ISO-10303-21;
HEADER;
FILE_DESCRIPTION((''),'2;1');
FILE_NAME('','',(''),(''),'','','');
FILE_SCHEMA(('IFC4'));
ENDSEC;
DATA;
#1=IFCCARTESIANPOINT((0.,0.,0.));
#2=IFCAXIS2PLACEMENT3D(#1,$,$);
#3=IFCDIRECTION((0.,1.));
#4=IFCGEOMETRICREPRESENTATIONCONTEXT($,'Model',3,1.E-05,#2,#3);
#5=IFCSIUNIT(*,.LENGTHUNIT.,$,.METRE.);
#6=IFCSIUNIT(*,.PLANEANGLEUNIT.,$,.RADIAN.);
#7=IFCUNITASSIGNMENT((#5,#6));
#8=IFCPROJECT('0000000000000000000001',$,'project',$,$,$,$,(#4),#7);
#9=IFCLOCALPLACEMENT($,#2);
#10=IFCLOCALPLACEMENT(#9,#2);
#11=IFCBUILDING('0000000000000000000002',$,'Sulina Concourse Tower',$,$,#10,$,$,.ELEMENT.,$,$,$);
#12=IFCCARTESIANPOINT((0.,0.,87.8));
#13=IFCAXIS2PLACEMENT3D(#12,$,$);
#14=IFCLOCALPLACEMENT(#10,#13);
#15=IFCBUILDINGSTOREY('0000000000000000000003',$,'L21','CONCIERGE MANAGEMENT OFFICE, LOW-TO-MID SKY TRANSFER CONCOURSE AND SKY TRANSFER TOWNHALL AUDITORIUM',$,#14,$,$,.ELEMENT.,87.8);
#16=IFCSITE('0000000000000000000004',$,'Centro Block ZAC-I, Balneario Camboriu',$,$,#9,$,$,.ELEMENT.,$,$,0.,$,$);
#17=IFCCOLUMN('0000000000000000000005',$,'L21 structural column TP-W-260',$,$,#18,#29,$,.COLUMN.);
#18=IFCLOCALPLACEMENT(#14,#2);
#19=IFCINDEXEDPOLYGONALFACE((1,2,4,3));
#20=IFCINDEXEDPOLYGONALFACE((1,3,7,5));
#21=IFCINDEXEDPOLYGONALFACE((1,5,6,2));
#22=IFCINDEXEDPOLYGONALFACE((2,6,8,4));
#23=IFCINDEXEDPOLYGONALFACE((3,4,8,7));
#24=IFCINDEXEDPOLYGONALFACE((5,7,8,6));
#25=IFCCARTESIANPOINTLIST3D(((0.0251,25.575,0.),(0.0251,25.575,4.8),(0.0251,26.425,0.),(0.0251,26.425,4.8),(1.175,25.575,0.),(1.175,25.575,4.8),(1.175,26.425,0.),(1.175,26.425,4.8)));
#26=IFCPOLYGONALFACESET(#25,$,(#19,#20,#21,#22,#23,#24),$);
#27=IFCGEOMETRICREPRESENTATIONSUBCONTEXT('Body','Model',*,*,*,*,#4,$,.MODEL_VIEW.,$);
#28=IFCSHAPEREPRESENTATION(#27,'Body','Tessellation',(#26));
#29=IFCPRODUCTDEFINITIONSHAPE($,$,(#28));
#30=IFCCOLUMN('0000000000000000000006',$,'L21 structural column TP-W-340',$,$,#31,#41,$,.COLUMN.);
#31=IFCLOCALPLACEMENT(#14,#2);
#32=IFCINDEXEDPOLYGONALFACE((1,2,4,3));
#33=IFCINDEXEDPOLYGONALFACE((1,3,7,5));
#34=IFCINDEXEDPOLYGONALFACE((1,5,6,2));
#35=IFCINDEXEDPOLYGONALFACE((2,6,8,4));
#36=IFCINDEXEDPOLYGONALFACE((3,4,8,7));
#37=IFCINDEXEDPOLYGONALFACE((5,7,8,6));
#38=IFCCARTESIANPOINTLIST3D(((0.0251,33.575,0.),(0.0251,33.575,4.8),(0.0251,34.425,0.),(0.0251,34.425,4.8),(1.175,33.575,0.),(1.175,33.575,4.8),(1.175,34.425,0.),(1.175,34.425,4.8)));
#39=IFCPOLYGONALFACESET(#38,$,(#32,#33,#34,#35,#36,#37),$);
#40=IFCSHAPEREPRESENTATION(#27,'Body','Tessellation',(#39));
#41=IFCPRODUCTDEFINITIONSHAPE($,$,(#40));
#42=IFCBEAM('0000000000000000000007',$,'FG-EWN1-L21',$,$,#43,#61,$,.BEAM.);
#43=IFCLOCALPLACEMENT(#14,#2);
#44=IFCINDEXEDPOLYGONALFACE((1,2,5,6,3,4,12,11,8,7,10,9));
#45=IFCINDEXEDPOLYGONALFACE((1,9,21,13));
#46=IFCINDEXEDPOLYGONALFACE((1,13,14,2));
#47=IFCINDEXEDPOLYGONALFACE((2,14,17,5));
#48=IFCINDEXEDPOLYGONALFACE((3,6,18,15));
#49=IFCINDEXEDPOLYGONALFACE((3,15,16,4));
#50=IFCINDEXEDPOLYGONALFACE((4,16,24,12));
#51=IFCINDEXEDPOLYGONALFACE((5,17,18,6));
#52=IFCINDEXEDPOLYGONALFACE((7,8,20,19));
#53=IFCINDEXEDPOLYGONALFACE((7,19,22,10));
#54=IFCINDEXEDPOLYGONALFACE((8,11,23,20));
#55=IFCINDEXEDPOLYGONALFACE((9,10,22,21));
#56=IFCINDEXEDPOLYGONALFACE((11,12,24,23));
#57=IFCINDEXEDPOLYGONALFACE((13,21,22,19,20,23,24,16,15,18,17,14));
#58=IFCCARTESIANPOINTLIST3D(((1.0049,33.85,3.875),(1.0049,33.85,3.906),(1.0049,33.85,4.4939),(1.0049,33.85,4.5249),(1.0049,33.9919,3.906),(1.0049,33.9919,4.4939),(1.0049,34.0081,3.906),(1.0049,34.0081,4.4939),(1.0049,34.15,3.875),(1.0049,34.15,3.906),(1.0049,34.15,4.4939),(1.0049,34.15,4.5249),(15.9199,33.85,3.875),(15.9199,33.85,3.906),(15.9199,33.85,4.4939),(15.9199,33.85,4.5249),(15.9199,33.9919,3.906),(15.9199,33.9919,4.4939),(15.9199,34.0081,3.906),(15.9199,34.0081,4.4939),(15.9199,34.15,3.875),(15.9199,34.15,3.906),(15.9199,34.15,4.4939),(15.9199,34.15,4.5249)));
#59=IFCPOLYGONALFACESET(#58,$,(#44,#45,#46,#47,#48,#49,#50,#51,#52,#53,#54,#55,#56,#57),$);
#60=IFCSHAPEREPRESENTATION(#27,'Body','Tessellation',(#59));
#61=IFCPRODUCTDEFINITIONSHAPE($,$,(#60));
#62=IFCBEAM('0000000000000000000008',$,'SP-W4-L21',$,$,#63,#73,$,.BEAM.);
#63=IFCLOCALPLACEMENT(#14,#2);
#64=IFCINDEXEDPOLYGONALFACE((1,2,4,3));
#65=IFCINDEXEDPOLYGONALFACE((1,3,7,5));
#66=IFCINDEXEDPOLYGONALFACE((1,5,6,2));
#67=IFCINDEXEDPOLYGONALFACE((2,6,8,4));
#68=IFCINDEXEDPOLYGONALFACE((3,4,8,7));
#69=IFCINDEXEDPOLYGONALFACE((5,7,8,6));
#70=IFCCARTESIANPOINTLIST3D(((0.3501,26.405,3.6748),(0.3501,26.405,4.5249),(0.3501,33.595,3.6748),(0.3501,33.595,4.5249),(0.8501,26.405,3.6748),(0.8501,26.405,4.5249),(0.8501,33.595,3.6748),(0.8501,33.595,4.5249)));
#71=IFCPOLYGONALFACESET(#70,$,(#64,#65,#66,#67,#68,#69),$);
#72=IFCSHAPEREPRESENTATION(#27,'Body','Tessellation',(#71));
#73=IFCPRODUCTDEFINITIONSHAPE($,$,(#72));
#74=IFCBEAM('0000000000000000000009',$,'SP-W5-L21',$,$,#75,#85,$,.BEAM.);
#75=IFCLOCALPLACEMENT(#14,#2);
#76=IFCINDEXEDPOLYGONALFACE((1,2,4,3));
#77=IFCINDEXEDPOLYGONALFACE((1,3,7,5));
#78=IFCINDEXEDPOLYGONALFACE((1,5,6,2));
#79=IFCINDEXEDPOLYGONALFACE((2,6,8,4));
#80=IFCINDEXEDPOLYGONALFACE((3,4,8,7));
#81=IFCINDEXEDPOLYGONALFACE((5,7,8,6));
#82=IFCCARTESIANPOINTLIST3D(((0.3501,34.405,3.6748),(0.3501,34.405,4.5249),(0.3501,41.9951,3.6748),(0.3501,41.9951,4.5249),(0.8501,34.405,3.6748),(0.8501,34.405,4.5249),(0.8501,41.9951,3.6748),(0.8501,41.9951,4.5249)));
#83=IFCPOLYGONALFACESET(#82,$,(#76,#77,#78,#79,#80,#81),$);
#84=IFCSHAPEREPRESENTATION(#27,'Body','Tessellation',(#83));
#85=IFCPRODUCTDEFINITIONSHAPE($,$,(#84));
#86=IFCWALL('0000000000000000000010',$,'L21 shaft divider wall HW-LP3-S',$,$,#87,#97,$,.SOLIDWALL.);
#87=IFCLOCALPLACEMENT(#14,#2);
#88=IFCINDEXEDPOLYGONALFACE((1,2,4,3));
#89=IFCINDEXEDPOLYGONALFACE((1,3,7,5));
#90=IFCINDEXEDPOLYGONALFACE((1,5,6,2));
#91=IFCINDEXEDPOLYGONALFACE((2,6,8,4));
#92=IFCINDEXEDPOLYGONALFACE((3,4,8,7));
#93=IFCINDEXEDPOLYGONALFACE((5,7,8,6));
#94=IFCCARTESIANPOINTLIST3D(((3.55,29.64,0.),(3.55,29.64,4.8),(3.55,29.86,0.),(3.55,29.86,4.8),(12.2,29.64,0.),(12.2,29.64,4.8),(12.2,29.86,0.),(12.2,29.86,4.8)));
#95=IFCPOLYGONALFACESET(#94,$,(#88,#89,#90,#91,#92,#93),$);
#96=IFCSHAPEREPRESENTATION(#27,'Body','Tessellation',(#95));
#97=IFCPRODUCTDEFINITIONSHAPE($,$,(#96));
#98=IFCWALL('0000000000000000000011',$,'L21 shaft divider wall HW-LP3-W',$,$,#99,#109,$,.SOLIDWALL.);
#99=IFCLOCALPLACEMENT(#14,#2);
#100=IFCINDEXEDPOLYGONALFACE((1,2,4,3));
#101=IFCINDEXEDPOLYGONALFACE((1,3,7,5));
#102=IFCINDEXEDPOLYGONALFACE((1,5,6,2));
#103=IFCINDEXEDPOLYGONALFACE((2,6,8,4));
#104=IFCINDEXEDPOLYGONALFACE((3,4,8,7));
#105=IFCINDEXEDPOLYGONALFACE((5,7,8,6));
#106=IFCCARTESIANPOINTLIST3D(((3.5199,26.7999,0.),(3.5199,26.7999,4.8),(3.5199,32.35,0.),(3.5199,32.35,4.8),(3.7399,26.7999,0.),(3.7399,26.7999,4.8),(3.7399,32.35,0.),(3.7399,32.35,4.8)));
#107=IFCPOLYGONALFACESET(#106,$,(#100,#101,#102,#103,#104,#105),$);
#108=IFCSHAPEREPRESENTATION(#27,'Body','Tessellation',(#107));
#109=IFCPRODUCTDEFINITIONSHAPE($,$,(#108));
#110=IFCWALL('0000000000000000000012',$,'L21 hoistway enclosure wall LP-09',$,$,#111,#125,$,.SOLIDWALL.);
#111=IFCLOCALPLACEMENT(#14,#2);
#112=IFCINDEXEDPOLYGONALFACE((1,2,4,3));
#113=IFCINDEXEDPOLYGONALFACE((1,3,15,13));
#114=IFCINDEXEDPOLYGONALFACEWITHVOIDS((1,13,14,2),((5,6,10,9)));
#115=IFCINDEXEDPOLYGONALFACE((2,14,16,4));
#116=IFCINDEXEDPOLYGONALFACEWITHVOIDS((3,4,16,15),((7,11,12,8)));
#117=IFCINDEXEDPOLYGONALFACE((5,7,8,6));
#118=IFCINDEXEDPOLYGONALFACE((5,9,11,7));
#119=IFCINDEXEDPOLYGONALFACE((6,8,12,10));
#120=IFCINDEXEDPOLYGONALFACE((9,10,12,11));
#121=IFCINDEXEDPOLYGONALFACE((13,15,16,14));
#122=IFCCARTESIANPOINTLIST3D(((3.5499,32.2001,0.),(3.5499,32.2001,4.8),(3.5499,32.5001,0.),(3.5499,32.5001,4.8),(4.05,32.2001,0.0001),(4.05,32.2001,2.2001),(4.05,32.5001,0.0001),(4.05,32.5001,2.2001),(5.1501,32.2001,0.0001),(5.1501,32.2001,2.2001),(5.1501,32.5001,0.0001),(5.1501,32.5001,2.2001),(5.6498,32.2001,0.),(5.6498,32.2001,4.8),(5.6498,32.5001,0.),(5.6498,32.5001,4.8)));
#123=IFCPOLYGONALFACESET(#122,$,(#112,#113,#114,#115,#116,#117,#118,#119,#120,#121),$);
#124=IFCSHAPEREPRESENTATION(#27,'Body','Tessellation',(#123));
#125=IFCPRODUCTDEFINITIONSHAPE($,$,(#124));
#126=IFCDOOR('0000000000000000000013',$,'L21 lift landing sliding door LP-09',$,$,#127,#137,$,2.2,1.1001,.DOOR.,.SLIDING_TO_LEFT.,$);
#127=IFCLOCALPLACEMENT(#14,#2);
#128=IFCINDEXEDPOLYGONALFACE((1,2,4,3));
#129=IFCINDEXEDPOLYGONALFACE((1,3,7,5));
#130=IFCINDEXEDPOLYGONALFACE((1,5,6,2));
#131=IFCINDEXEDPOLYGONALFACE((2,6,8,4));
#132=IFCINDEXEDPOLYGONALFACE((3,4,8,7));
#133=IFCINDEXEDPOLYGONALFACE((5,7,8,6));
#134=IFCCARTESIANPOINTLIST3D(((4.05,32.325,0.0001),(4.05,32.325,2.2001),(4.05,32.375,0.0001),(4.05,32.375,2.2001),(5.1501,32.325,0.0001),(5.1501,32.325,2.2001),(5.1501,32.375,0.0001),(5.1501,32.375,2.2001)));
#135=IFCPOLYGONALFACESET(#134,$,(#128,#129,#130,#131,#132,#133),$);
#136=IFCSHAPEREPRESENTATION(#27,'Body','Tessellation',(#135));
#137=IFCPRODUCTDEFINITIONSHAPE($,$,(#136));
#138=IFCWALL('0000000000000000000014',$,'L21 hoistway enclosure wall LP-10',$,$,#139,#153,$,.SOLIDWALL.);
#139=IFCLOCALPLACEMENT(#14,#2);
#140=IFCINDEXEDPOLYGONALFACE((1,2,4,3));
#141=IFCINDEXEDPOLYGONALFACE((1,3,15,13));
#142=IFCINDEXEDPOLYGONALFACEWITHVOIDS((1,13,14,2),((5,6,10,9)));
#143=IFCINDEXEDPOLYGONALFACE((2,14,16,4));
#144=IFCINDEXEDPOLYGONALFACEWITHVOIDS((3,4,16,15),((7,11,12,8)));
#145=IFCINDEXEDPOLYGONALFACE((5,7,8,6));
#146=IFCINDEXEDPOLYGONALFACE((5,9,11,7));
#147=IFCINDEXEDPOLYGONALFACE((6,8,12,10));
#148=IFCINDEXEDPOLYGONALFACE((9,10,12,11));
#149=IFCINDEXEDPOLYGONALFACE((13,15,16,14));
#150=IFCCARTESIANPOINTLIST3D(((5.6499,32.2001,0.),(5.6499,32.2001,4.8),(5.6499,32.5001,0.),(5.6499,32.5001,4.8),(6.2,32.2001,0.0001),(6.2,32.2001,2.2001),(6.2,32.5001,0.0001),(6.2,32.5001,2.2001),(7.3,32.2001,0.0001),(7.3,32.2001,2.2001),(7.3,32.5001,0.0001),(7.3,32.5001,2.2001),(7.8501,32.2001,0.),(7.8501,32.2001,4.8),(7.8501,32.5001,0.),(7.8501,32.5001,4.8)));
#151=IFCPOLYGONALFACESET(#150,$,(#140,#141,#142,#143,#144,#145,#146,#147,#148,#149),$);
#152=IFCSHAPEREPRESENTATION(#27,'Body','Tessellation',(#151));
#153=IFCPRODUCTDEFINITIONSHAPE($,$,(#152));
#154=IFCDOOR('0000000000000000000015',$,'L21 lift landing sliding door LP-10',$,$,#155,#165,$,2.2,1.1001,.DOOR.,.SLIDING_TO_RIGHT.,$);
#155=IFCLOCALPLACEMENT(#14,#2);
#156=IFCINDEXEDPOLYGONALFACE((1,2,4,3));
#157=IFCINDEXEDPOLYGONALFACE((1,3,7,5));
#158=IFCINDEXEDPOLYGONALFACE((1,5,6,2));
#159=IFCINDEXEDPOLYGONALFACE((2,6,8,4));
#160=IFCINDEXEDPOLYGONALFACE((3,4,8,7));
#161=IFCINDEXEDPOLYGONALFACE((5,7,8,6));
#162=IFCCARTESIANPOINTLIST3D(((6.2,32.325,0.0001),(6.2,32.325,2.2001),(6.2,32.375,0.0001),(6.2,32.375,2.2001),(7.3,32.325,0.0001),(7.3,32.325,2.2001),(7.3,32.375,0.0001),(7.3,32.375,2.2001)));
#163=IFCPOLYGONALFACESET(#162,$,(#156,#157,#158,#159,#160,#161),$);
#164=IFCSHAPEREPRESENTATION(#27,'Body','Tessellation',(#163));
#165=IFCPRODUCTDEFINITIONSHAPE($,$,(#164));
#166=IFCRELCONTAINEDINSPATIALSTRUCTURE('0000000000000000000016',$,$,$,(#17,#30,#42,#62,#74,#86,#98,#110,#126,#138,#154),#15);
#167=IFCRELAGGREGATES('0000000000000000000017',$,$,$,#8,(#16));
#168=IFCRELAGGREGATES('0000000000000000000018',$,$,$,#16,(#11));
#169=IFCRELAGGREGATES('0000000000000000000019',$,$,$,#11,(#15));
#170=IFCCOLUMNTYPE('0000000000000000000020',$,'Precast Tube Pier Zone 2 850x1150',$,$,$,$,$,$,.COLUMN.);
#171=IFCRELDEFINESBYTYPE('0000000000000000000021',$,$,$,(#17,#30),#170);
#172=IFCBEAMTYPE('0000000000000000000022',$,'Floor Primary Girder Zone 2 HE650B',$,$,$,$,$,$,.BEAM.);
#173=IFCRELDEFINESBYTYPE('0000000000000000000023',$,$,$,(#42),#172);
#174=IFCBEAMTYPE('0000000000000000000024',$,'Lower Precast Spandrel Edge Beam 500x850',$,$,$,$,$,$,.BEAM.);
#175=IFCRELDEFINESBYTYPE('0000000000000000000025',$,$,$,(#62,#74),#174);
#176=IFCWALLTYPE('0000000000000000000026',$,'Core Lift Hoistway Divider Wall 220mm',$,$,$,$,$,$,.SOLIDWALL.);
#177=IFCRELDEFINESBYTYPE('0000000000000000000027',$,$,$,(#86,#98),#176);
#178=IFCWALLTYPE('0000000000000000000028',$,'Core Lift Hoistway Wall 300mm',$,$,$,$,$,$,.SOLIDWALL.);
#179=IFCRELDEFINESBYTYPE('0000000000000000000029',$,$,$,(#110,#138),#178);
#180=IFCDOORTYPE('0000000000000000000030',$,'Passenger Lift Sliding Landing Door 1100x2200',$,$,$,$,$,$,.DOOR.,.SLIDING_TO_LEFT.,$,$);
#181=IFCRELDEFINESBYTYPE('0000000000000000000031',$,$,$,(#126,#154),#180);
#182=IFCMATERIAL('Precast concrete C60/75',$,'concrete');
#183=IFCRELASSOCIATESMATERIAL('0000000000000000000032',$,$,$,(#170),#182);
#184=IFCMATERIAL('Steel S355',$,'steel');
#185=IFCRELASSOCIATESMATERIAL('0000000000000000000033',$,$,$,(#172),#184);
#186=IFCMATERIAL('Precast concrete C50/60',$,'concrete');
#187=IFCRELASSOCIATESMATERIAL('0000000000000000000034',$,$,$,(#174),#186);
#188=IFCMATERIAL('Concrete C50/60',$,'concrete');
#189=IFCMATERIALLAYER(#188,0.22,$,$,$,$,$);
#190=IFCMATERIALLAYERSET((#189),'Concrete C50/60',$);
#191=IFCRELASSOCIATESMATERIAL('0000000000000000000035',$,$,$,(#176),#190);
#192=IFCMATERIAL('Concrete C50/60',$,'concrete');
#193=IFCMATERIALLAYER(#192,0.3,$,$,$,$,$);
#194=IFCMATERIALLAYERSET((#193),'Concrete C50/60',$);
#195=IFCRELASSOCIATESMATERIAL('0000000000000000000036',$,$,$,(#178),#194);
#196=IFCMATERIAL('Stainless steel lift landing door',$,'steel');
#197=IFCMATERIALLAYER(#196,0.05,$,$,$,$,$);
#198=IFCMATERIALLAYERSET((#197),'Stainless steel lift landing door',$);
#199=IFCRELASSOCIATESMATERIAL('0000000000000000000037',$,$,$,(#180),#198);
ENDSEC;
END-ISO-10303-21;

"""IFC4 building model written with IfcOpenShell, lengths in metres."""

from ifc_helpers import new_model, si_unit, direction, frame, frame_2d, origin, origin_2d, place, context, subcontext, project, spatial, rectangle, i_section, extrude, material, layer, layer_set, material_profile, profile_set, type_object, element, fill, save


model = new_model("IFC4")

# Units and contexts
model_context = context("Model", 3, precision=1e-05, world=origin(), true_north=direction((0.0, 1.0)))
body_context = subcontext(model_context, "Body", "Model", "MODEL_VIEW")
ifc_project = project(units=[si_unit("LENGTHUNIT", "METRE"), si_unit("PLANEANGLEUNIT", "RADIAN")], contexts=[model_context])

# Site, building, storey
site_placement = place(None, origin())
site = spatial("IfcSite", under=ifc_project, at=site_placement, Name="Centro Block ZAC-I, Balneario Camboriu", CompositionType="ELEMENT", RefElevation=0.0)
building_placement = place(site_placement, origin())
building = spatial("IfcBuilding", under=site, at=building_placement, Name="Sulina Concourse Tower", CompositionType="ELEMENT")
storey_placement = place(building_placement, frame((0.0, 0.0, 87.8)))
storey = spatial("IfcBuildingStorey", under=building, at=storey_placement, Name="L21", Description="CONCIERGE MANAGEMENT OFFICE, LOW-TO-MID SKY TRANSFER CONCOURSE AND SKY TRANSFER TOWNHALL AUDITORIUM", CompositionType="ELEMENT", Elevation=87.8)

# Columns
ifc_material_1 = material(Name="Precast concrete C60/75", Category="concrete")
ifc_material_profile_1 = material_profile(ifc_material_1, rectangle(XDim=0.8501, YDim=1.1499, at=origin_2d()), Name="PC 850x1150")
ifc_profile_set_1 = profile_set([ifc_material_profile_1], Name="Precast concrete C60/75")
column_type = type_object("IfcColumnType", Name="Precast Tube Pier Zone 2 850x1150", PredefinedType="COLUMN", material=ifc_profile_set_1)
for number, where, z_axis, x_axis, name in (
    (1, (0.6001, 26.0, 0.0), (0.0, 0.0, 1.0), (0.0, 1.0, 0.0), "L21 structural column TP-W-260"),
    (2, (0.6001, 34.0, 0.0), (0.0, 0.0, 1.0), (0.0, 1.0, 0.0), "L21 structural column TP-W-340"),
):
    element("IfcColumn", number, at=place(storey_placement, frame(where, z_axis=z_axis, x_axis=x_axis)), inside=storey, type_object=column_type, Name=name, PredefinedType="COLUMN", context=body_context, shape_type="SweptSolid", body=[
        extrude(rectangle(XDim=0.8501, YDim=1.1499, at=origin_2d()), origin(), (0.0, 0.0, 1.0), 4.8),
    ])

# Beams
ifc_material_2 = material(Name="Steel S355", Category="steel")
ifc_material_profile_2 = material_profile(ifc_material_2, i_section(OverallWidth=0.3, OverallDepth=0.6499, WebThickness=0.0161, FlangeThickness=0.031, at=origin_2d()), Name="HE 650 B")
ifc_profile_set_2 = profile_set([ifc_material_profile_2], Name="Steel S355")
beam_type_1 = type_object("IfcBeamType", Name="Floor Primary Girder Zone 2 HE650B", PredefinedType="BEAM", material=ifc_profile_set_2)
beam_1_placement = place(storey_placement, frame((1.0049, 34.0, 4.2), z_axis=(1.0, 0.0, 0.0), x_axis=(0.0, 1.0, 0.0)))
element("IfcBeam", 3, at=beam_1_placement, inside=storey, type_object=beam_type_1, Name="FG-EWN1-L21", PredefinedType="BEAM", context=body_context, shape_type="SweptSolid", body=[
    extrude(i_section(OverallWidth=0.3, OverallDepth=0.6499, WebThickness=0.0161, FlangeThickness=0.031, at=origin_2d()), origin(), (0.0, 0.0, 1.0), 14.915),
])
ifc_material_3 = material(Name="Precast concrete C50/60", Category="concrete")
ifc_material_profile_3 = material_profile(ifc_material_3, rectangle(XDim=0.5, YDim=0.8501, at=origin_2d()), Name="RC 500x850")
ifc_profile_set_3 = profile_set([ifc_material_profile_3], Name="Precast concrete C50/60")
beam_type_2 = type_object("IfcBeamType", Name="Lower Precast Spandrel Edge Beam 500x850", PredefinedType="BEAM", material=ifc_profile_set_3)
beam_2_placement = place(storey_placement, frame((0.6001, 26.405, 4.0999), z_axis=(0.0, 1.0, 0.0), x_axis=(-1.0, 0.0, 0.0)))
element("IfcBeam", 4, at=beam_2_placement, inside=storey, type_object=beam_type_2, Name="SP-W4-L21", PredefinedType="BEAM", context=body_context, shape_type="SweptSolid", body=[
    extrude(rectangle(XDim=0.5, YDim=0.8501, at=origin_2d()), origin(), (0.0, 0.0, 1.0), 7.1899),
])
beam_3_placement = place(storey_placement, frame((0.6001, 34.405, 4.0999), z_axis=(0.0, 1.0, 0.0), x_axis=(-1.0, 0.0, 0.0)))
element("IfcBeam", 5, at=beam_3_placement, inside=storey, type_object=beam_type_2, Name="SP-W5-L21", PredefinedType="BEAM", context=body_context, shape_type="SweptSolid", body=[
    extrude(rectangle(XDim=0.5, YDim=0.8501, at=origin_2d()), origin(), (0.0, 0.0, 1.0), 7.5901),
])

# Walls
ifc_material_4 = material(Name="Concrete C50/60", Category="concrete")
ifc_layer_1 = layer(ifc_material_4, 0.22)
ifc_layer_set_1 = layer_set([ifc_layer_1], Name="Concrete C50/60")
wall_type_1 = type_object("IfcWallType", Name="Core Lift Hoistway Divider Wall 220mm", PredefinedType="SOLIDWALL", material=ifc_layer_set_1)
wall_1_placement = place(storey_placement, frame((3.55, 29.75, 0.0), z_axis=(0.0, 0.0, 1.0), x_axis=(1.0, 0.0, 0.0)))
element("IfcWall", 6, at=wall_1_placement, inside=storey, type_object=wall_type_1, Name="L21 shaft divider wall HW-LP3-S", PredefinedType="SOLIDWALL", context=body_context, shape_type="SweptSolid", body=[
    extrude(rectangle(XDim=8.6499, YDim=0.22, at=frame_2d((4.325, 0.0))), origin(), (0.0, 0.0, 1.0), 4.8),
])
wall_2_placement = place(storey_placement, frame((3.6299, 26.8, 0.0), z_axis=(0.0, 0.0, 1.0), x_axis=(0.0, 1.0, 0.0)))
element("IfcWall", 7, at=wall_2_placement, inside=storey, type_object=wall_type_1, Name="L21 shaft divider wall HW-LP3-W", PredefinedType="SOLIDWALL", context=body_context, shape_type="SweptSolid", body=[
    extrude(rectangle(XDim=5.55, YDim=0.22, at=frame_2d((2.7749, 0.0))), origin(), (0.0, 0.0, 1.0), 4.8),
])

# Walls, openings, doors
ifc_material_5 = material(Name="Concrete C50/60", Category="concrete")
ifc_layer_2 = layer(ifc_material_5, 0.3)
ifc_layer_set_2 = layer_set([ifc_layer_2], Name="Concrete C50/60")
wall_type_2 = type_object("IfcWallType", Name="Core Lift Hoistway Wall 300mm", PredefinedType="SOLIDWALL", material=ifc_layer_set_2)
wall_3_placement = place(storey_placement, frame((3.55, 32.3501, 0.0), z_axis=(0.0, 0.0, 1.0), x_axis=(1.0, 0.0, 0.0)))
wall_3 = element("IfcWall", 8, at=wall_3_placement, inside=storey, type_object=wall_type_2, Name="L21 hoistway enclosure wall LP-09", PredefinedType="SOLIDWALL", context=body_context, shape_type="SweptSolid", body=[
    extrude(rectangle(XDim=2.0999, YDim=0.3, at=frame_2d((1.0498, 0.0))), origin(), (0.0, 0.0, 1.0), 4.8),
])
opening_1_placement = place(wall_3_placement, frame((0.5, 0.0, 0.0)))
opening_1 = element("IfcOpeningElement", 9, at=opening_1_placement, cuts=wall_3, PredefinedType="OPENING", context=body_context, shape_type="SweptSolid", body=[
    extrude(rectangle(XDim=1.1001, YDim=2.2, at=frame_2d((0.55, 1.1001))), frame((0.0, 0.1599, 0.0), z_axis=(0.0, -1.0, 0.0), x_axis=(1.0, 0.0, 0.0)), (0.0, 0.0, 1.0), 0.3201),
])
ifc_material_6 = material(Name="Stainless steel lift landing door", Category="steel")
ifc_layer_3 = layer(ifc_material_6, 0.05)
ifc_layer_set_3 = layer_set([ifc_layer_3], Name="Stainless steel lift landing door")
door_type_1 = type_object("IfcDoorType", Name="Passenger Lift Sliding Landing Door 1100x2200", OperationType="SLIDING_TO_LEFT", PredefinedType="DOOR", material=ifc_layer_set_3)
door_1_placement = place(opening_1_placement, origin())
door_1 = element("IfcDoor", 10, at=door_1_placement, inside=storey, type_object=door_type_1, Name="L21 lift landing sliding door LP-09", OperationType="SLIDING_TO_LEFT", OverallHeight=2.2, OverallWidth=1.1001, PredefinedType="DOOR", context=body_context, shape_type="SweptSolid", body=[
    extrude(rectangle(XDim=1.1001, YDim=2.2, at=frame_2d((0.55, 1.1001))), frame((0.0, 0.0249, 0.0), z_axis=(0.0, -1.0, 0.0), x_axis=(1.0, 0.0, 0.0)), (0.0, 0.0, 1.0), 0.05),
])
fill(opening_1, door_1)
wall_4_placement = place(storey_placement, frame((5.6499, 32.3501, 0.0), z_axis=(0.0, 0.0, 1.0), x_axis=(1.0, 0.0, 0.0)))
wall_4 = element("IfcWall", 11, at=wall_4_placement, inside=storey, type_object=wall_type_2, Name="L21 hoistway enclosure wall LP-10", PredefinedType="SOLIDWALL", context=body_context, shape_type="SweptSolid", body=[
    extrude(rectangle(XDim=2.2002, YDim=0.3, at=frame_2d((1.1001, 0.0))), origin(), (0.0, 0.0, 1.0), 4.8),
])
opening_2_placement = place(wall_4_placement, frame((0.55, 0.0, 0.0)))
opening_2 = element("IfcOpeningElement", 12, at=opening_2_placement, cuts=wall_4, PredefinedType="OPENING", context=body_context, shape_type="SweptSolid", body=[
    extrude(rectangle(XDim=1.1001, YDim=2.2, at=frame_2d((0.55, 1.1001))), frame((0.0, 0.1599, 0.0), z_axis=(0.0, -1.0, 0.0), x_axis=(1.0, 0.0, 0.0)), (0.0, 0.0, 1.0), 0.3201),
])
door_2_placement = place(opening_2_placement, origin())
door_2 = element("IfcDoor", 13, at=door_2_placement, inside=storey, type_object=door_type_1, Name="L21 lift landing sliding door LP-10", OperationType="SLIDING_TO_RIGHT", OverallHeight=2.2, OverallWidth=1.1001, PredefinedType="DOOR", context=body_context, shape_type="SweptSolid", body=[
    extrude(rectangle(XDim=1.1001, YDim=2.2, at=frame_2d((0.55, 1.1001))), frame((0.0, 0.0249, 0.0), z_axis=(0.0, -1.0, 0.0), x_axis=(1.0, 0.0, 0.0)), (0.0, 0.0, 1.0), 0.05),
])
fill(opening_2, door_2)

save(model, "model.ifc")
